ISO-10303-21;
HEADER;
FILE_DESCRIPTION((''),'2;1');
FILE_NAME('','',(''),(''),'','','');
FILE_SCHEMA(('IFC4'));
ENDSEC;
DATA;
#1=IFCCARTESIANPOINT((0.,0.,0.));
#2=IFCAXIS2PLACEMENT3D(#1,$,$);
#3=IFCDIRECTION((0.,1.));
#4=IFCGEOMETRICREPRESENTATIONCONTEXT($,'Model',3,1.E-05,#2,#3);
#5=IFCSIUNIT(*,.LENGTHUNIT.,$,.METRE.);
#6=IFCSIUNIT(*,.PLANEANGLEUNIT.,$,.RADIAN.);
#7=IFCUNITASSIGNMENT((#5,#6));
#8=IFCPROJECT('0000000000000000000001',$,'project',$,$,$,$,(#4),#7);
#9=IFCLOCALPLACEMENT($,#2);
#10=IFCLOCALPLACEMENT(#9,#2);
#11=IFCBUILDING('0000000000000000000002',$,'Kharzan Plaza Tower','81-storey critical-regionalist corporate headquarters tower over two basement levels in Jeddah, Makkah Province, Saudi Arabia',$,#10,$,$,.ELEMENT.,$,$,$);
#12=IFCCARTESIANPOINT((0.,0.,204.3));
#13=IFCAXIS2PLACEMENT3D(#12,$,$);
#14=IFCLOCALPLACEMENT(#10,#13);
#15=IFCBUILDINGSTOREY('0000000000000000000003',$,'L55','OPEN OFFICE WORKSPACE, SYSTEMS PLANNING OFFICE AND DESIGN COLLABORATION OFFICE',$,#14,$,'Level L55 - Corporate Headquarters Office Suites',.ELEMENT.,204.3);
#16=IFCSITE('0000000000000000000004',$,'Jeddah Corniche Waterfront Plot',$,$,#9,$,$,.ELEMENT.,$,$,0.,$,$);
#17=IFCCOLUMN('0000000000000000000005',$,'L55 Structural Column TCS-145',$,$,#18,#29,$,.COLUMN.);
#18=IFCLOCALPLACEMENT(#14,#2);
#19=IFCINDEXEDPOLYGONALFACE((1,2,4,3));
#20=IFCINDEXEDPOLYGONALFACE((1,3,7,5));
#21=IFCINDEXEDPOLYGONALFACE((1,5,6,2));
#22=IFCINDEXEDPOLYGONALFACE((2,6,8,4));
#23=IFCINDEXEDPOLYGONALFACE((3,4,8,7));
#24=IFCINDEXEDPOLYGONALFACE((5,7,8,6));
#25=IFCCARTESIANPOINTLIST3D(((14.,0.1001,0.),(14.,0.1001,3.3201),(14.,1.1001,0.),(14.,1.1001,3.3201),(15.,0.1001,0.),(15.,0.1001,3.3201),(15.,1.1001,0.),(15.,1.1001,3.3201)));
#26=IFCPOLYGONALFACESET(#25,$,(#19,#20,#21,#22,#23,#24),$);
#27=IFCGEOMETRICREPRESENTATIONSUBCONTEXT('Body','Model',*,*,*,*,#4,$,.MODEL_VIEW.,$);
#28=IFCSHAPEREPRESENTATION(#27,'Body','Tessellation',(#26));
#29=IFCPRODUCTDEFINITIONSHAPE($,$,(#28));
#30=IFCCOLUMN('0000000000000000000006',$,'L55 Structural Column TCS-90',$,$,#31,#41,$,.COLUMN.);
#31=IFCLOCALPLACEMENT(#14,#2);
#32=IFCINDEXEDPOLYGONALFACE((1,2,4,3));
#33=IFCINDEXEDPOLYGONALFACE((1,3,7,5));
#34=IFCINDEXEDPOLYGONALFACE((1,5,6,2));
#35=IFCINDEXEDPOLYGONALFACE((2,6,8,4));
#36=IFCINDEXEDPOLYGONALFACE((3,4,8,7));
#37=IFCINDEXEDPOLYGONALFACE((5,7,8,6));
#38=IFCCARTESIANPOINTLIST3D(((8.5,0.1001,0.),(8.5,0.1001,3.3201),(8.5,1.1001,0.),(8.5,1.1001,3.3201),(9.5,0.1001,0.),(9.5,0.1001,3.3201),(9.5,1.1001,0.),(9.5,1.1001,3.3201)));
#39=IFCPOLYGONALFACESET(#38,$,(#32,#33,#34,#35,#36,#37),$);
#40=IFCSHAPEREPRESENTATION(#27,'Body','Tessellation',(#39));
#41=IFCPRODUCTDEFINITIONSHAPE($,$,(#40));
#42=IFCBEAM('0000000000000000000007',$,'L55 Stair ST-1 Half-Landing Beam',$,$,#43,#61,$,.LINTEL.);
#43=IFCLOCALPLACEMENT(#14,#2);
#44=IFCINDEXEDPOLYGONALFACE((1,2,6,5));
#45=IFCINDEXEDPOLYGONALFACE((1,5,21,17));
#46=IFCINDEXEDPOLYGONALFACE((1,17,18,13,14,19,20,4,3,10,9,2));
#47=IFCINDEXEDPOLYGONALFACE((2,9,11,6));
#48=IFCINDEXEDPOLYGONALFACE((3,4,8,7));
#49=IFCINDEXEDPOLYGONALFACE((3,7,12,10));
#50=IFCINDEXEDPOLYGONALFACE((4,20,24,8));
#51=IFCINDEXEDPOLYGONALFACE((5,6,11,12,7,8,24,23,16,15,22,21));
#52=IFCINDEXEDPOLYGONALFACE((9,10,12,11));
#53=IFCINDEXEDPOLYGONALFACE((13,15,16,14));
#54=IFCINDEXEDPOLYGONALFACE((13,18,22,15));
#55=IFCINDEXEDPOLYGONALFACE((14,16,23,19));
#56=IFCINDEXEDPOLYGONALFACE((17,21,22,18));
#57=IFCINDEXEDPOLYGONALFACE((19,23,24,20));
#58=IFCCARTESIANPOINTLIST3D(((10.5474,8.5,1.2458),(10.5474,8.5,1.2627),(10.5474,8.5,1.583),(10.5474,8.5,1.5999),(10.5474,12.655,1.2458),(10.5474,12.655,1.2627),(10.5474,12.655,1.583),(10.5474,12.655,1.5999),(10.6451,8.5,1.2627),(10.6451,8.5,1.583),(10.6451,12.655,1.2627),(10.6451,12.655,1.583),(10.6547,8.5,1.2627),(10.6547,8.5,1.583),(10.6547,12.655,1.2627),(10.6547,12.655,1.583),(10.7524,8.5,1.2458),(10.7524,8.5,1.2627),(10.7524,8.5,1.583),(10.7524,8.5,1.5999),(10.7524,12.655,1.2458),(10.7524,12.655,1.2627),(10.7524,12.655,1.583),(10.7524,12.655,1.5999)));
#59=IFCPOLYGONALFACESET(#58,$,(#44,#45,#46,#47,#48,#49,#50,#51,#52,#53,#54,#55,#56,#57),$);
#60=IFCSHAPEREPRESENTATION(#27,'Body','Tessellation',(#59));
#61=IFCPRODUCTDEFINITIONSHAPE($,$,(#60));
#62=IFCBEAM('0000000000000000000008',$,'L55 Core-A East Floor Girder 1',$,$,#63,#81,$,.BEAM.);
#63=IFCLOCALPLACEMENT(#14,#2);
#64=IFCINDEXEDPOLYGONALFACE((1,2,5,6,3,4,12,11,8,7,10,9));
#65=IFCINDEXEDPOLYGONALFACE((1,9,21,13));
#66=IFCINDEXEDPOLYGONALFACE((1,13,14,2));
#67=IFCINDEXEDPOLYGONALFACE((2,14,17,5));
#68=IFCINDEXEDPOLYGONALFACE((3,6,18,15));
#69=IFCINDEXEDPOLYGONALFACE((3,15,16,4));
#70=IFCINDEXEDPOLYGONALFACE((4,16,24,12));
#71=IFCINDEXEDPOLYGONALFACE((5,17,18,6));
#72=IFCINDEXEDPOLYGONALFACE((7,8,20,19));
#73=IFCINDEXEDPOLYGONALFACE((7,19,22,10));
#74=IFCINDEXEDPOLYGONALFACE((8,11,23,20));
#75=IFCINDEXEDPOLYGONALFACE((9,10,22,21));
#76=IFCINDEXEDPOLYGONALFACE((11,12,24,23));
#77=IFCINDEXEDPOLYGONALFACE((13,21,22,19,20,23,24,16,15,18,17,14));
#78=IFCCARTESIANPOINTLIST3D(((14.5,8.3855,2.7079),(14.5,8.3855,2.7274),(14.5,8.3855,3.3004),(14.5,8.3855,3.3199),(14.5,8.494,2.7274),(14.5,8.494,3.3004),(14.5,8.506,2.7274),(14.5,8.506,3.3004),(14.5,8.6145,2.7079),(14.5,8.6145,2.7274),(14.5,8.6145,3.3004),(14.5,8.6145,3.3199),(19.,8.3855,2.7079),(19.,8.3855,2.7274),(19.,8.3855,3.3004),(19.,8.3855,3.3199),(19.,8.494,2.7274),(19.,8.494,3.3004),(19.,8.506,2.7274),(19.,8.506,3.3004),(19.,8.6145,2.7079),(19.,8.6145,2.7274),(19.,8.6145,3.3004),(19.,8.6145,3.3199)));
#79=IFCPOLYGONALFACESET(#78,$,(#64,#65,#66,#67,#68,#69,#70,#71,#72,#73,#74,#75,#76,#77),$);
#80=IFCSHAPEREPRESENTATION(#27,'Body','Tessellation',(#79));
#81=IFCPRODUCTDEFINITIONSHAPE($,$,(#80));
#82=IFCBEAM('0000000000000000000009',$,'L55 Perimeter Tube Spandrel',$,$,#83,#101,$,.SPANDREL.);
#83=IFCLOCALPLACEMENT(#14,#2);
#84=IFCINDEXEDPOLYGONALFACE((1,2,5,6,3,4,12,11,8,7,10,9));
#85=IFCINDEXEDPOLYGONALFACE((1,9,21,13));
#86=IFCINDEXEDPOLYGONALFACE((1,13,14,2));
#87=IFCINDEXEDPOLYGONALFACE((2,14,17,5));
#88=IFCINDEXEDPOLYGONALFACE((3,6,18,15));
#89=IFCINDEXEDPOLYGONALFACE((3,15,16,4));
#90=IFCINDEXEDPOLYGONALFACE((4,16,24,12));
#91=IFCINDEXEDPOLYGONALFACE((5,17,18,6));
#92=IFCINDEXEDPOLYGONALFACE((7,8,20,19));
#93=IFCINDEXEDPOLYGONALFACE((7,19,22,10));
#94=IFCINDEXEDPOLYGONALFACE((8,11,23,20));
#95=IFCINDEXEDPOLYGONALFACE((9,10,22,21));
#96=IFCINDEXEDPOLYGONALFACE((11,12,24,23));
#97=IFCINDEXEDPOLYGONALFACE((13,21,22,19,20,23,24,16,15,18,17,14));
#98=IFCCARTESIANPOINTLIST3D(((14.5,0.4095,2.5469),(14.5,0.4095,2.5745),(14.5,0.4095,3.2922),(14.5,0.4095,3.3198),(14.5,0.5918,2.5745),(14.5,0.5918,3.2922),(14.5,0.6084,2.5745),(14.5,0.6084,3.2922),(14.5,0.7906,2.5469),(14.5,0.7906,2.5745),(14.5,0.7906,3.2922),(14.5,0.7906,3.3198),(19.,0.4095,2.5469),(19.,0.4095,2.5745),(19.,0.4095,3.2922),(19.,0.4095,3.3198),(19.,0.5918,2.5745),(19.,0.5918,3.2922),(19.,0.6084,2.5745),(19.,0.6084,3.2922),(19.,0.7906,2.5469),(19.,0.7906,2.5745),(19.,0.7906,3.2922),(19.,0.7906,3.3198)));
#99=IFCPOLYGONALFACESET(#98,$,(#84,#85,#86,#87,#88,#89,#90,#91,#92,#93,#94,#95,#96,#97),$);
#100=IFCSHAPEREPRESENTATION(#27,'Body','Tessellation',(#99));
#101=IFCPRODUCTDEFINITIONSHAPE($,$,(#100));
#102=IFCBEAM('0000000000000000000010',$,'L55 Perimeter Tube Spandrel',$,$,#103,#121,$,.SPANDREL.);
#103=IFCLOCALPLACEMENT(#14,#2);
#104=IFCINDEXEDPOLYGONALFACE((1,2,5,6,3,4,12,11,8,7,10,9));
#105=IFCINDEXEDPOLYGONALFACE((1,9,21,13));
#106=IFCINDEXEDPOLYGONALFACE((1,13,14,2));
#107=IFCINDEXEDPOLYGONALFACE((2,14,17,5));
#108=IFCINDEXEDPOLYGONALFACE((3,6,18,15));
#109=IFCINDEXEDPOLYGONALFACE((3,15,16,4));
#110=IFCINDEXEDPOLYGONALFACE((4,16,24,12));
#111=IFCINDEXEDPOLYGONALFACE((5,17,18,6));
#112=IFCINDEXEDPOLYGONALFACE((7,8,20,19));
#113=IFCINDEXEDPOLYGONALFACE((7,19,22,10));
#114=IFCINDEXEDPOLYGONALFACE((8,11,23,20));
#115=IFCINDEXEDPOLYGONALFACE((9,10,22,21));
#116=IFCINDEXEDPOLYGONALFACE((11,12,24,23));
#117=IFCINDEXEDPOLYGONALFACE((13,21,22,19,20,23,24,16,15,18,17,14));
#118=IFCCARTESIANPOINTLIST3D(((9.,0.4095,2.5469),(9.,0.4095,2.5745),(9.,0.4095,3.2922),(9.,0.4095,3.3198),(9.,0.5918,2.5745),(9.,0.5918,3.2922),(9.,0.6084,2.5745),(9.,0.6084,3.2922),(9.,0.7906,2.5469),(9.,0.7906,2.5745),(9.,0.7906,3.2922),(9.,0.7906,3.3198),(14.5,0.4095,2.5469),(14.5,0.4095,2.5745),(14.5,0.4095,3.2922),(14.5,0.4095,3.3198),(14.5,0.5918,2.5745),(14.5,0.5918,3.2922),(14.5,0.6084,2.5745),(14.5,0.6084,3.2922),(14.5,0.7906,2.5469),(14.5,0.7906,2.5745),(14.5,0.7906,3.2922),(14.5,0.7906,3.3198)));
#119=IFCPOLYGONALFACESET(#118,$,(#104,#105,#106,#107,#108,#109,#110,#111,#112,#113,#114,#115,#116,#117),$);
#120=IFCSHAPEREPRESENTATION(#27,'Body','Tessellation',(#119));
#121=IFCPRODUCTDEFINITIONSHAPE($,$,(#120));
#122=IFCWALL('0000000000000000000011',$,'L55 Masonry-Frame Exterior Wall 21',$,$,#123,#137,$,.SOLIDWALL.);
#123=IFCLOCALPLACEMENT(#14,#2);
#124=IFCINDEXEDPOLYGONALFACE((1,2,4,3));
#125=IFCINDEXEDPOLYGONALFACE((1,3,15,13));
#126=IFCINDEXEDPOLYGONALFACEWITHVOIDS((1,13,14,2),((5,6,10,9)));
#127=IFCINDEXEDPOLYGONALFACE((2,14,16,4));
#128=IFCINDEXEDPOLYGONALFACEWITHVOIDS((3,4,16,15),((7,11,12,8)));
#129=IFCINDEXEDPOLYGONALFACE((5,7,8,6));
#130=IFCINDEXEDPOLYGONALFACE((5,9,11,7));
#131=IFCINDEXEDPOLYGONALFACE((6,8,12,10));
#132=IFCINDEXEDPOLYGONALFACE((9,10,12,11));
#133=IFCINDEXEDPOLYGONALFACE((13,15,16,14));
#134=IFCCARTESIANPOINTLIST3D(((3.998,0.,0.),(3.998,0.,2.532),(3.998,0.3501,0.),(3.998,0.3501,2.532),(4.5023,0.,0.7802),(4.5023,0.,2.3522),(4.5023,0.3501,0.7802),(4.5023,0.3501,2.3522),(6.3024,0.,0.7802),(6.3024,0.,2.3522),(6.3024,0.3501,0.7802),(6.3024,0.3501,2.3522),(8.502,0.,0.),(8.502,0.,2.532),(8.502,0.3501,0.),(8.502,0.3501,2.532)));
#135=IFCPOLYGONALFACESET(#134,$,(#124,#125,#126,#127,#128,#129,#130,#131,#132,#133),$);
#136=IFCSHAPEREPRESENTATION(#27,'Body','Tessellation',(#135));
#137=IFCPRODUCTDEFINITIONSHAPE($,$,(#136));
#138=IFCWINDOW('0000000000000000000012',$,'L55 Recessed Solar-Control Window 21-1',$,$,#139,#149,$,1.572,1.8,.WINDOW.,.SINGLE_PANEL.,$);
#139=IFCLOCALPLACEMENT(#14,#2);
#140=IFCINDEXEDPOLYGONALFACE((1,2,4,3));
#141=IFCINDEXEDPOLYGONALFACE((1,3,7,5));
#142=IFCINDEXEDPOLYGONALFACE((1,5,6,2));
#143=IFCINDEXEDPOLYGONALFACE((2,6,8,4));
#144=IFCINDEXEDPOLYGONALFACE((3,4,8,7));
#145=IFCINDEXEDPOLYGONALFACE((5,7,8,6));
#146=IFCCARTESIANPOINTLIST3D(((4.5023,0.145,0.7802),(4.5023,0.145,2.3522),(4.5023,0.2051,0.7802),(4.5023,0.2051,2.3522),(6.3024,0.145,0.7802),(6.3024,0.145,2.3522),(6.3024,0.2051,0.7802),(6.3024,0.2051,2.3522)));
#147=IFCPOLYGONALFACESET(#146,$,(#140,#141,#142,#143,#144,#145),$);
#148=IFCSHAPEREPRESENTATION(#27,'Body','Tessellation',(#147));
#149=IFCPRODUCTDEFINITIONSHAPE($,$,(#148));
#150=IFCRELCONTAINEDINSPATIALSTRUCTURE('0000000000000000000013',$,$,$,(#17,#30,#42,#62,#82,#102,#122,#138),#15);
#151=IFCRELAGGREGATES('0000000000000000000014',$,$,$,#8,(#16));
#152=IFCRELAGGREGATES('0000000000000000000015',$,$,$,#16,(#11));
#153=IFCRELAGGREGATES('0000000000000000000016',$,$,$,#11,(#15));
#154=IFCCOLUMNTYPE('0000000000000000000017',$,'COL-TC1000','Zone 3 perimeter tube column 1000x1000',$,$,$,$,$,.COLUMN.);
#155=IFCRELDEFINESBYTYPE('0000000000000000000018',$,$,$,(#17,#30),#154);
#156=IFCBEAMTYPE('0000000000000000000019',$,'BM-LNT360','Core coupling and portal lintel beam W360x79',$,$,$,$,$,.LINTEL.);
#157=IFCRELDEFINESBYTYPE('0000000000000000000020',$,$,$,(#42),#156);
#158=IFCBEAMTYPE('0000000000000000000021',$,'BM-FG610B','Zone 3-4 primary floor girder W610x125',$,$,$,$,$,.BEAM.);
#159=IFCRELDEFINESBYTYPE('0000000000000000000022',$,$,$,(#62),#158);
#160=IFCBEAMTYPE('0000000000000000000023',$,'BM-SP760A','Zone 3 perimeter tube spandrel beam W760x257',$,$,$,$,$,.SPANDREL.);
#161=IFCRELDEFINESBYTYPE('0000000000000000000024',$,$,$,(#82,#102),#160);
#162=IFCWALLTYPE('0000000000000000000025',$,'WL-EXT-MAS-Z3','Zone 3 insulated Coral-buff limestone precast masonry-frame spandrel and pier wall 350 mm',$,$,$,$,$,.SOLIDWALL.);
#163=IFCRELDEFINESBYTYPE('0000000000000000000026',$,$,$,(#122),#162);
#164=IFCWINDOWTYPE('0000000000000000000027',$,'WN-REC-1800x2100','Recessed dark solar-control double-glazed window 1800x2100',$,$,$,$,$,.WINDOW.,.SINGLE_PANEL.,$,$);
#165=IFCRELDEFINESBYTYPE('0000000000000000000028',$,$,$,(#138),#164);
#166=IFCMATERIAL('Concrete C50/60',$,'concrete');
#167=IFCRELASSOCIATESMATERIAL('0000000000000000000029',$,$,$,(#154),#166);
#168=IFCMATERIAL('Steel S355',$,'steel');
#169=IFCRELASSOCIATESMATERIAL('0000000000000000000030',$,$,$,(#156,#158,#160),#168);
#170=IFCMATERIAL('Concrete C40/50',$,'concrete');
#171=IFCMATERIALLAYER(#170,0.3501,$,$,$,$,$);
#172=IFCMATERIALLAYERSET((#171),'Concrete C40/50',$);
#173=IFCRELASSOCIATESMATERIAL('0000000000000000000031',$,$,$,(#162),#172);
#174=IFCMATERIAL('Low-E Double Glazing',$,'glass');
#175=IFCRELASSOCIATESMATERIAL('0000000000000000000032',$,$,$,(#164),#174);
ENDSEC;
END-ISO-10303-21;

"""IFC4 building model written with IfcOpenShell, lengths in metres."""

from ifc_helpers import new_model, si_unit, direction, frame, frame_2d, origin, origin_2d, place, context, subcontext, project, spatial, rectangle, i_section, extrude, source, transform, mapped, material, layer, layer_set, material_profile, profile_set, type_object, element, fill, save


model = new_model("IFC4")

# Units and contexts
model_context = context("Model", 3, precision=1e-05, world=origin(), true_north=direction((0.0, 1.0)))
body_context = subcontext(model_context, "Body", "Model", "MODEL_VIEW")
ifc_project = project(units=[si_unit("LENGTHUNIT", "METRE"), si_unit("PLANEANGLEUNIT", "RADIAN")], contexts=[model_context])

# Site, building, storey
site_placement = place(None, origin())
site = spatial("IfcSite", under=ifc_project, at=site_placement, Name="Jeddah Corniche Waterfront Plot", CompositionType="ELEMENT", RefElevation=0.0)
building_placement = place(site_placement, origin())
building = spatial("IfcBuilding", under=site, at=building_placement, Name="Kharzan Plaza Tower", Description="81-storey critical-regionalist corporate headquarters tower over two basement levels in Jeddah, Makkah Province, Saudi Arabia", CompositionType="ELEMENT")
storey_placement = place(building_placement, frame((0.0, 0.0, 204.3)))
storey = spatial("IfcBuildingStorey", under=building, at=storey_placement, Name="L55", Description="OPEN OFFICE WORKSPACE, SYSTEMS PLANNING OFFICE AND DESIGN COLLABORATION OFFICE", LongName="Level L55 - Corporate Headquarters Office Suites", CompositionType="ELEMENT", Elevation=204.3)

# Columns
ifc_material_1 = material(Name="Concrete C50/60", Category="concrete")
ifc_material_profile_1 = material_profile(ifc_material_1, rectangle(XDim=1.0, YDim=1.0, at=origin_2d()), Name="RC-TC1000x1000")
ifc_profile_set_1 = profile_set([ifc_material_profile_1], Name="Concrete C50/60")
column_type = type_object("IfcColumnType", Name="COL-TC1000", Description="Zone 3 perimeter tube column 1000x1000", PredefinedType="COLUMN", material=ifc_profile_set_1)
shared_shape_1 = source(origin(), body_context, "Body", "SweptSolid", [
    extrude(rectangle(XDim=1.0, YDim=1.0, at=origin_2d()), origin(), (0.0, 0.0, 1.0), 3.3201),
])
for number, where, z_axis, x_axis, name in (
    (1, (14.5, 0.6001, 0.0), (0.0, 0.0, 1.0), (1.0, 0.0, 0.0), "L55 Structural Column TCS-145"),
    (2, (9.0, 0.6001, 0.0), (0.0, 0.0, 1.0), (1.0, 0.0, 0.0), "L55 Structural Column TCS-90"),
):
    element("IfcColumn", number, at=place(storey_placement, frame(where, z_axis=z_axis, x_axis=x_axis)), inside=storey, type_object=column_type, Name=name, PredefinedType="COLUMN", context=body_context, shape_type="MappedRepresentation", body=[
        mapped(shared_shape_1, transform((0.0, 0.0, 0.0), x_axis=(1.0, 0.0, 0.0), y_axis=(0.0, 1.0, 0.0), z_axis=(0.0, 0.0, 1.0))),
    ])

# Beams
ifc_material_2 = material(Name="Steel S355", Category="steel")
ifc_material_profile_2 = material_profile(ifc_material_2, i_section(OverallWidth=0.2051, OverallDepth=0.354, WebThickness=0.0095, FlangeThickness=0.0168, at=origin_2d()), Name="W360x79")
ifc_profile_set_2 = profile_set([ifc_material_profile_2], Name="Steel S355")
beam_type_1 = type_object("IfcBeamType", Name="BM-LNT360", Description="Core coupling and portal lintel beam W360x79", PredefinedType="LINTEL", material=ifc_profile_set_2)
shared_shape_2 = source(origin(), body_context, "Body", "SweptSolid", [
    extrude(i_section(OverallWidth=0.2051, OverallDepth=0.354, WebThickness=0.0095, FlangeThickness=0.0168, at=origin_2d()), origin(), (0.0, 0.0, 1.0), 4.155),
])
beam_1_placement = place(storey_placement, frame((10.6499, 8.5, 1.4229), z_axis=(0.0, 1.0, 0.0), x_axis=(-1.0, 0.0, 0.0)))
element("IfcBeam", 3, at=beam_1_placement, inside=storey, type_object=beam_type_1, Name="L55 Stair ST-1 Half-Landing Beam", PredefinedType="LINTEL", context=body_context, shape_type="MappedRepresentation", body=[
    mapped(shared_shape_2, transform((0.0, 0.0, 0.0), x_axis=(1.0, 0.0, 0.0), y_axis=(0.0, 1.0, 0.0), z_axis=(0.0, 0.0, 1.0))),
])
ifc_material_profile_3 = material_profile(ifc_material_2, i_section(OverallWidth=0.229, OverallDepth=0.6121, WebThickness=0.012, FlangeThickness=0.0195, at=origin_2d()), Name="W610x125")
ifc_profile_set_3 = profile_set([ifc_material_profile_3], Name="Steel S355")
beam_type_2 = type_object("IfcBeamType", Name="BM-FG610B", Description="Zone 3-4 primary floor girder W610x125", PredefinedType="BEAM", material=ifc_profile_set_3)
shared_shape_3 = source(origin(), body_context, "Body", "SweptSolid", [
    extrude(i_section(OverallWidth=0.229, OverallDepth=0.6121, WebThickness=0.012, FlangeThickness=0.0195, at=origin_2d()), origin(), (0.0, 0.0, 1.0), 4.5),
])
beam_2_placement = place(storey_placement, frame((14.5, 8.5, 3.0139), z_axis=(1.0, 0.0, 0.0), x_axis=(0.0, 1.0, 0.0)))
element("IfcBeam", 4, at=beam_2_placement, inside=storey, type_object=beam_type_2, Name="L55 Core-A East Floor Girder 1", PredefinedType="BEAM", context=body_context, shape_type="MappedRepresentation", body=[
    mapped(shared_shape_3, transform((0.0, 0.0, 0.0), x_axis=(1.0, 0.0, 0.0), y_axis=(0.0, 1.0, 0.0), z_axis=(0.0, 0.0, 1.0))),
])
ifc_material_profile_4 = material_profile(ifc_material_2, i_section(OverallWidth=0.3811, OverallDepth=0.7729, WebThickness=0.0166, FlangeThickness=0.0276, at=origin_2d()), Name="W760x257")
ifc_profile_set_4 = profile_set([ifc_material_profile_4], Name="Steel S355")
beam_type_3 = type_object("IfcBeamType", Name="BM-SP760A", Description="Zone 3 perimeter tube spandrel beam W760x257", PredefinedType="SPANDREL", material=ifc_profile_set_4)
shared_shape_4 = source(origin(), body_context, "Body", "SweptSolid", [
    extrude(i_section(OverallWidth=0.3811, OverallDepth=0.7729, WebThickness=0.0166, FlangeThickness=0.0276, at=origin_2d()), origin(), (0.0, 0.0, 1.0), 4.5),
])
beam_3_placement = place(storey_placement, frame((14.5, 0.6001, 2.9333), z_axis=(1.0, 0.0, 0.0), x_axis=(0.0, 1.0, 0.0)))
element("IfcBeam", 5, at=beam_3_placement, inside=storey, type_object=beam_type_3, Name="L55 Perimeter Tube Spandrel", PredefinedType="SPANDREL", context=body_context, shape_type="MappedRepresentation", body=[
    mapped(shared_shape_4, transform((0.0, 0.0, 0.0), x_axis=(1.0, 0.0, 0.0), y_axis=(0.0, 1.0, 0.0), z_axis=(0.0, 0.0, 1.0))),
])
shared_shape_5 = source(origin(), body_context, "Body", "SweptSolid", [
    extrude(i_section(OverallWidth=0.3811, OverallDepth=0.7729, WebThickness=0.0166, FlangeThickness=0.0276, at=origin_2d()), origin(), (0.0, 0.0, 1.0), 5.5),
])
beam_4_placement = place(storey_placement, frame((9.0, 0.6001, 2.9333), z_axis=(1.0, 0.0, 0.0), x_axis=(0.0, 1.0, 0.0)))
element("IfcBeam", 6, at=beam_4_placement, inside=storey, type_object=beam_type_3, Name="L55 Perimeter Tube Spandrel", PredefinedType="SPANDREL", context=body_context, shape_type="MappedRepresentation", body=[
    mapped(shared_shape_5, transform((0.0, 0.0, 0.0), x_axis=(1.0, 0.0, 0.0), y_axis=(0.0, 1.0, 0.0), z_axis=(0.0, 0.0, 1.0))),
])

# Wall, opening, window
ifc_material_3 = material(Name="Concrete C40/50", Category="concrete")
ifc_layer_1 = layer(ifc_material_3, 0.3501)
ifc_layer_set_1 = layer_set([ifc_layer_1], Name="Concrete C40/50")
wall_type_1 = type_object("IfcWallType", Name="WL-EXT-MAS-Z3", Description="Zone 3 insulated Coral-buff limestone precast masonry-frame spandrel and pier wall 350 mm", PredefinedType="SOLIDWALL", material=ifc_layer_set_1)
wall_1_placement = place(storey_placement, frame((3.998, 0.175, 0.0), z_axis=(0.0, 0.0, 1.0), x_axis=(1.0, 0.0, 0.0)))
wall_1 = element("IfcWall", 7, at=wall_1_placement, inside=storey, type_object=wall_type_1, Name="L55 Masonry-Frame Exterior Wall 21", PredefinedType="SOLIDWALL", context=body_context, shape_type="SweptSolid", body=[
    extrude(rectangle(XDim=4.5039, YDim=0.3501, at=frame_2d((2.252, 0.0))), origin(), (0.0, 0.0, 1.0), 2.532),
])
opening_1_placement = place(wall_1_placement, frame((0.5044, 0.0, 0.78)))
opening_1 = element("IfcOpeningElement", 8, at=opening_1_placement, cuts=wall_1, PredefinedType="OPENING", context=body_context, shape_type="SweptSolid", body=[
    extrude(rectangle(XDim=1.8, YDim=1.572, at=frame_2d((0.8999, 0.7861))), frame((0.0, 0.1851, 0.0), z_axis=(0.0, -1.0, 0.0), x_axis=(1.0, 0.0, 0.0)), (0.0, 0.0, 1.0), 0.3701),
])
ifc_material_4 = material(Name="Low-E Double Glazing", Category="glass")
window_type_1 = type_object("IfcWindowType", Name="WN-REC-1800x2100", Description="Recessed dark solar-control double-glazed window 1800x2100", PartitioningType="SINGLE_PANEL", PredefinedType="WINDOW", material=ifc_material_4)
shared_shape_6 = source(origin(), body_context, "Body", "SweptSolid", [
    extrude(rectangle(XDim=1.8, YDim=1.572, at=frame_2d((0.8999, 0.7861))), frame((0.0, 0.03, 0.0), z_axis=(0.0, -1.0, 0.0), x_axis=(1.0, 0.0, 0.0)), (0.0, 0.0, 1.0), 0.0601),
])
window_1_placement = place(opening_1_placement, origin())
window_1 = element("IfcWindow", 9, at=window_1_placement, inside=storey, type_object=window_type_1, Name="L55 Recessed Solar-Control Window 21-1", OverallHeight=1.572, OverallWidth=1.8, PartitioningType="SINGLE_PANEL", PredefinedType="WINDOW", context=body_context, shape_type="MappedRepresentation", body=[
    mapped(shared_shape_6, transform((0.0, 0.0, 0.0), x_axis=(1.0, 0.0, 0.0), y_axis=(0.0, 1.0, 0.0), z_axis=(0.0, 0.0, 1.0))),
])
fill(opening_1, window_1)

save(model, "model.ifc")
